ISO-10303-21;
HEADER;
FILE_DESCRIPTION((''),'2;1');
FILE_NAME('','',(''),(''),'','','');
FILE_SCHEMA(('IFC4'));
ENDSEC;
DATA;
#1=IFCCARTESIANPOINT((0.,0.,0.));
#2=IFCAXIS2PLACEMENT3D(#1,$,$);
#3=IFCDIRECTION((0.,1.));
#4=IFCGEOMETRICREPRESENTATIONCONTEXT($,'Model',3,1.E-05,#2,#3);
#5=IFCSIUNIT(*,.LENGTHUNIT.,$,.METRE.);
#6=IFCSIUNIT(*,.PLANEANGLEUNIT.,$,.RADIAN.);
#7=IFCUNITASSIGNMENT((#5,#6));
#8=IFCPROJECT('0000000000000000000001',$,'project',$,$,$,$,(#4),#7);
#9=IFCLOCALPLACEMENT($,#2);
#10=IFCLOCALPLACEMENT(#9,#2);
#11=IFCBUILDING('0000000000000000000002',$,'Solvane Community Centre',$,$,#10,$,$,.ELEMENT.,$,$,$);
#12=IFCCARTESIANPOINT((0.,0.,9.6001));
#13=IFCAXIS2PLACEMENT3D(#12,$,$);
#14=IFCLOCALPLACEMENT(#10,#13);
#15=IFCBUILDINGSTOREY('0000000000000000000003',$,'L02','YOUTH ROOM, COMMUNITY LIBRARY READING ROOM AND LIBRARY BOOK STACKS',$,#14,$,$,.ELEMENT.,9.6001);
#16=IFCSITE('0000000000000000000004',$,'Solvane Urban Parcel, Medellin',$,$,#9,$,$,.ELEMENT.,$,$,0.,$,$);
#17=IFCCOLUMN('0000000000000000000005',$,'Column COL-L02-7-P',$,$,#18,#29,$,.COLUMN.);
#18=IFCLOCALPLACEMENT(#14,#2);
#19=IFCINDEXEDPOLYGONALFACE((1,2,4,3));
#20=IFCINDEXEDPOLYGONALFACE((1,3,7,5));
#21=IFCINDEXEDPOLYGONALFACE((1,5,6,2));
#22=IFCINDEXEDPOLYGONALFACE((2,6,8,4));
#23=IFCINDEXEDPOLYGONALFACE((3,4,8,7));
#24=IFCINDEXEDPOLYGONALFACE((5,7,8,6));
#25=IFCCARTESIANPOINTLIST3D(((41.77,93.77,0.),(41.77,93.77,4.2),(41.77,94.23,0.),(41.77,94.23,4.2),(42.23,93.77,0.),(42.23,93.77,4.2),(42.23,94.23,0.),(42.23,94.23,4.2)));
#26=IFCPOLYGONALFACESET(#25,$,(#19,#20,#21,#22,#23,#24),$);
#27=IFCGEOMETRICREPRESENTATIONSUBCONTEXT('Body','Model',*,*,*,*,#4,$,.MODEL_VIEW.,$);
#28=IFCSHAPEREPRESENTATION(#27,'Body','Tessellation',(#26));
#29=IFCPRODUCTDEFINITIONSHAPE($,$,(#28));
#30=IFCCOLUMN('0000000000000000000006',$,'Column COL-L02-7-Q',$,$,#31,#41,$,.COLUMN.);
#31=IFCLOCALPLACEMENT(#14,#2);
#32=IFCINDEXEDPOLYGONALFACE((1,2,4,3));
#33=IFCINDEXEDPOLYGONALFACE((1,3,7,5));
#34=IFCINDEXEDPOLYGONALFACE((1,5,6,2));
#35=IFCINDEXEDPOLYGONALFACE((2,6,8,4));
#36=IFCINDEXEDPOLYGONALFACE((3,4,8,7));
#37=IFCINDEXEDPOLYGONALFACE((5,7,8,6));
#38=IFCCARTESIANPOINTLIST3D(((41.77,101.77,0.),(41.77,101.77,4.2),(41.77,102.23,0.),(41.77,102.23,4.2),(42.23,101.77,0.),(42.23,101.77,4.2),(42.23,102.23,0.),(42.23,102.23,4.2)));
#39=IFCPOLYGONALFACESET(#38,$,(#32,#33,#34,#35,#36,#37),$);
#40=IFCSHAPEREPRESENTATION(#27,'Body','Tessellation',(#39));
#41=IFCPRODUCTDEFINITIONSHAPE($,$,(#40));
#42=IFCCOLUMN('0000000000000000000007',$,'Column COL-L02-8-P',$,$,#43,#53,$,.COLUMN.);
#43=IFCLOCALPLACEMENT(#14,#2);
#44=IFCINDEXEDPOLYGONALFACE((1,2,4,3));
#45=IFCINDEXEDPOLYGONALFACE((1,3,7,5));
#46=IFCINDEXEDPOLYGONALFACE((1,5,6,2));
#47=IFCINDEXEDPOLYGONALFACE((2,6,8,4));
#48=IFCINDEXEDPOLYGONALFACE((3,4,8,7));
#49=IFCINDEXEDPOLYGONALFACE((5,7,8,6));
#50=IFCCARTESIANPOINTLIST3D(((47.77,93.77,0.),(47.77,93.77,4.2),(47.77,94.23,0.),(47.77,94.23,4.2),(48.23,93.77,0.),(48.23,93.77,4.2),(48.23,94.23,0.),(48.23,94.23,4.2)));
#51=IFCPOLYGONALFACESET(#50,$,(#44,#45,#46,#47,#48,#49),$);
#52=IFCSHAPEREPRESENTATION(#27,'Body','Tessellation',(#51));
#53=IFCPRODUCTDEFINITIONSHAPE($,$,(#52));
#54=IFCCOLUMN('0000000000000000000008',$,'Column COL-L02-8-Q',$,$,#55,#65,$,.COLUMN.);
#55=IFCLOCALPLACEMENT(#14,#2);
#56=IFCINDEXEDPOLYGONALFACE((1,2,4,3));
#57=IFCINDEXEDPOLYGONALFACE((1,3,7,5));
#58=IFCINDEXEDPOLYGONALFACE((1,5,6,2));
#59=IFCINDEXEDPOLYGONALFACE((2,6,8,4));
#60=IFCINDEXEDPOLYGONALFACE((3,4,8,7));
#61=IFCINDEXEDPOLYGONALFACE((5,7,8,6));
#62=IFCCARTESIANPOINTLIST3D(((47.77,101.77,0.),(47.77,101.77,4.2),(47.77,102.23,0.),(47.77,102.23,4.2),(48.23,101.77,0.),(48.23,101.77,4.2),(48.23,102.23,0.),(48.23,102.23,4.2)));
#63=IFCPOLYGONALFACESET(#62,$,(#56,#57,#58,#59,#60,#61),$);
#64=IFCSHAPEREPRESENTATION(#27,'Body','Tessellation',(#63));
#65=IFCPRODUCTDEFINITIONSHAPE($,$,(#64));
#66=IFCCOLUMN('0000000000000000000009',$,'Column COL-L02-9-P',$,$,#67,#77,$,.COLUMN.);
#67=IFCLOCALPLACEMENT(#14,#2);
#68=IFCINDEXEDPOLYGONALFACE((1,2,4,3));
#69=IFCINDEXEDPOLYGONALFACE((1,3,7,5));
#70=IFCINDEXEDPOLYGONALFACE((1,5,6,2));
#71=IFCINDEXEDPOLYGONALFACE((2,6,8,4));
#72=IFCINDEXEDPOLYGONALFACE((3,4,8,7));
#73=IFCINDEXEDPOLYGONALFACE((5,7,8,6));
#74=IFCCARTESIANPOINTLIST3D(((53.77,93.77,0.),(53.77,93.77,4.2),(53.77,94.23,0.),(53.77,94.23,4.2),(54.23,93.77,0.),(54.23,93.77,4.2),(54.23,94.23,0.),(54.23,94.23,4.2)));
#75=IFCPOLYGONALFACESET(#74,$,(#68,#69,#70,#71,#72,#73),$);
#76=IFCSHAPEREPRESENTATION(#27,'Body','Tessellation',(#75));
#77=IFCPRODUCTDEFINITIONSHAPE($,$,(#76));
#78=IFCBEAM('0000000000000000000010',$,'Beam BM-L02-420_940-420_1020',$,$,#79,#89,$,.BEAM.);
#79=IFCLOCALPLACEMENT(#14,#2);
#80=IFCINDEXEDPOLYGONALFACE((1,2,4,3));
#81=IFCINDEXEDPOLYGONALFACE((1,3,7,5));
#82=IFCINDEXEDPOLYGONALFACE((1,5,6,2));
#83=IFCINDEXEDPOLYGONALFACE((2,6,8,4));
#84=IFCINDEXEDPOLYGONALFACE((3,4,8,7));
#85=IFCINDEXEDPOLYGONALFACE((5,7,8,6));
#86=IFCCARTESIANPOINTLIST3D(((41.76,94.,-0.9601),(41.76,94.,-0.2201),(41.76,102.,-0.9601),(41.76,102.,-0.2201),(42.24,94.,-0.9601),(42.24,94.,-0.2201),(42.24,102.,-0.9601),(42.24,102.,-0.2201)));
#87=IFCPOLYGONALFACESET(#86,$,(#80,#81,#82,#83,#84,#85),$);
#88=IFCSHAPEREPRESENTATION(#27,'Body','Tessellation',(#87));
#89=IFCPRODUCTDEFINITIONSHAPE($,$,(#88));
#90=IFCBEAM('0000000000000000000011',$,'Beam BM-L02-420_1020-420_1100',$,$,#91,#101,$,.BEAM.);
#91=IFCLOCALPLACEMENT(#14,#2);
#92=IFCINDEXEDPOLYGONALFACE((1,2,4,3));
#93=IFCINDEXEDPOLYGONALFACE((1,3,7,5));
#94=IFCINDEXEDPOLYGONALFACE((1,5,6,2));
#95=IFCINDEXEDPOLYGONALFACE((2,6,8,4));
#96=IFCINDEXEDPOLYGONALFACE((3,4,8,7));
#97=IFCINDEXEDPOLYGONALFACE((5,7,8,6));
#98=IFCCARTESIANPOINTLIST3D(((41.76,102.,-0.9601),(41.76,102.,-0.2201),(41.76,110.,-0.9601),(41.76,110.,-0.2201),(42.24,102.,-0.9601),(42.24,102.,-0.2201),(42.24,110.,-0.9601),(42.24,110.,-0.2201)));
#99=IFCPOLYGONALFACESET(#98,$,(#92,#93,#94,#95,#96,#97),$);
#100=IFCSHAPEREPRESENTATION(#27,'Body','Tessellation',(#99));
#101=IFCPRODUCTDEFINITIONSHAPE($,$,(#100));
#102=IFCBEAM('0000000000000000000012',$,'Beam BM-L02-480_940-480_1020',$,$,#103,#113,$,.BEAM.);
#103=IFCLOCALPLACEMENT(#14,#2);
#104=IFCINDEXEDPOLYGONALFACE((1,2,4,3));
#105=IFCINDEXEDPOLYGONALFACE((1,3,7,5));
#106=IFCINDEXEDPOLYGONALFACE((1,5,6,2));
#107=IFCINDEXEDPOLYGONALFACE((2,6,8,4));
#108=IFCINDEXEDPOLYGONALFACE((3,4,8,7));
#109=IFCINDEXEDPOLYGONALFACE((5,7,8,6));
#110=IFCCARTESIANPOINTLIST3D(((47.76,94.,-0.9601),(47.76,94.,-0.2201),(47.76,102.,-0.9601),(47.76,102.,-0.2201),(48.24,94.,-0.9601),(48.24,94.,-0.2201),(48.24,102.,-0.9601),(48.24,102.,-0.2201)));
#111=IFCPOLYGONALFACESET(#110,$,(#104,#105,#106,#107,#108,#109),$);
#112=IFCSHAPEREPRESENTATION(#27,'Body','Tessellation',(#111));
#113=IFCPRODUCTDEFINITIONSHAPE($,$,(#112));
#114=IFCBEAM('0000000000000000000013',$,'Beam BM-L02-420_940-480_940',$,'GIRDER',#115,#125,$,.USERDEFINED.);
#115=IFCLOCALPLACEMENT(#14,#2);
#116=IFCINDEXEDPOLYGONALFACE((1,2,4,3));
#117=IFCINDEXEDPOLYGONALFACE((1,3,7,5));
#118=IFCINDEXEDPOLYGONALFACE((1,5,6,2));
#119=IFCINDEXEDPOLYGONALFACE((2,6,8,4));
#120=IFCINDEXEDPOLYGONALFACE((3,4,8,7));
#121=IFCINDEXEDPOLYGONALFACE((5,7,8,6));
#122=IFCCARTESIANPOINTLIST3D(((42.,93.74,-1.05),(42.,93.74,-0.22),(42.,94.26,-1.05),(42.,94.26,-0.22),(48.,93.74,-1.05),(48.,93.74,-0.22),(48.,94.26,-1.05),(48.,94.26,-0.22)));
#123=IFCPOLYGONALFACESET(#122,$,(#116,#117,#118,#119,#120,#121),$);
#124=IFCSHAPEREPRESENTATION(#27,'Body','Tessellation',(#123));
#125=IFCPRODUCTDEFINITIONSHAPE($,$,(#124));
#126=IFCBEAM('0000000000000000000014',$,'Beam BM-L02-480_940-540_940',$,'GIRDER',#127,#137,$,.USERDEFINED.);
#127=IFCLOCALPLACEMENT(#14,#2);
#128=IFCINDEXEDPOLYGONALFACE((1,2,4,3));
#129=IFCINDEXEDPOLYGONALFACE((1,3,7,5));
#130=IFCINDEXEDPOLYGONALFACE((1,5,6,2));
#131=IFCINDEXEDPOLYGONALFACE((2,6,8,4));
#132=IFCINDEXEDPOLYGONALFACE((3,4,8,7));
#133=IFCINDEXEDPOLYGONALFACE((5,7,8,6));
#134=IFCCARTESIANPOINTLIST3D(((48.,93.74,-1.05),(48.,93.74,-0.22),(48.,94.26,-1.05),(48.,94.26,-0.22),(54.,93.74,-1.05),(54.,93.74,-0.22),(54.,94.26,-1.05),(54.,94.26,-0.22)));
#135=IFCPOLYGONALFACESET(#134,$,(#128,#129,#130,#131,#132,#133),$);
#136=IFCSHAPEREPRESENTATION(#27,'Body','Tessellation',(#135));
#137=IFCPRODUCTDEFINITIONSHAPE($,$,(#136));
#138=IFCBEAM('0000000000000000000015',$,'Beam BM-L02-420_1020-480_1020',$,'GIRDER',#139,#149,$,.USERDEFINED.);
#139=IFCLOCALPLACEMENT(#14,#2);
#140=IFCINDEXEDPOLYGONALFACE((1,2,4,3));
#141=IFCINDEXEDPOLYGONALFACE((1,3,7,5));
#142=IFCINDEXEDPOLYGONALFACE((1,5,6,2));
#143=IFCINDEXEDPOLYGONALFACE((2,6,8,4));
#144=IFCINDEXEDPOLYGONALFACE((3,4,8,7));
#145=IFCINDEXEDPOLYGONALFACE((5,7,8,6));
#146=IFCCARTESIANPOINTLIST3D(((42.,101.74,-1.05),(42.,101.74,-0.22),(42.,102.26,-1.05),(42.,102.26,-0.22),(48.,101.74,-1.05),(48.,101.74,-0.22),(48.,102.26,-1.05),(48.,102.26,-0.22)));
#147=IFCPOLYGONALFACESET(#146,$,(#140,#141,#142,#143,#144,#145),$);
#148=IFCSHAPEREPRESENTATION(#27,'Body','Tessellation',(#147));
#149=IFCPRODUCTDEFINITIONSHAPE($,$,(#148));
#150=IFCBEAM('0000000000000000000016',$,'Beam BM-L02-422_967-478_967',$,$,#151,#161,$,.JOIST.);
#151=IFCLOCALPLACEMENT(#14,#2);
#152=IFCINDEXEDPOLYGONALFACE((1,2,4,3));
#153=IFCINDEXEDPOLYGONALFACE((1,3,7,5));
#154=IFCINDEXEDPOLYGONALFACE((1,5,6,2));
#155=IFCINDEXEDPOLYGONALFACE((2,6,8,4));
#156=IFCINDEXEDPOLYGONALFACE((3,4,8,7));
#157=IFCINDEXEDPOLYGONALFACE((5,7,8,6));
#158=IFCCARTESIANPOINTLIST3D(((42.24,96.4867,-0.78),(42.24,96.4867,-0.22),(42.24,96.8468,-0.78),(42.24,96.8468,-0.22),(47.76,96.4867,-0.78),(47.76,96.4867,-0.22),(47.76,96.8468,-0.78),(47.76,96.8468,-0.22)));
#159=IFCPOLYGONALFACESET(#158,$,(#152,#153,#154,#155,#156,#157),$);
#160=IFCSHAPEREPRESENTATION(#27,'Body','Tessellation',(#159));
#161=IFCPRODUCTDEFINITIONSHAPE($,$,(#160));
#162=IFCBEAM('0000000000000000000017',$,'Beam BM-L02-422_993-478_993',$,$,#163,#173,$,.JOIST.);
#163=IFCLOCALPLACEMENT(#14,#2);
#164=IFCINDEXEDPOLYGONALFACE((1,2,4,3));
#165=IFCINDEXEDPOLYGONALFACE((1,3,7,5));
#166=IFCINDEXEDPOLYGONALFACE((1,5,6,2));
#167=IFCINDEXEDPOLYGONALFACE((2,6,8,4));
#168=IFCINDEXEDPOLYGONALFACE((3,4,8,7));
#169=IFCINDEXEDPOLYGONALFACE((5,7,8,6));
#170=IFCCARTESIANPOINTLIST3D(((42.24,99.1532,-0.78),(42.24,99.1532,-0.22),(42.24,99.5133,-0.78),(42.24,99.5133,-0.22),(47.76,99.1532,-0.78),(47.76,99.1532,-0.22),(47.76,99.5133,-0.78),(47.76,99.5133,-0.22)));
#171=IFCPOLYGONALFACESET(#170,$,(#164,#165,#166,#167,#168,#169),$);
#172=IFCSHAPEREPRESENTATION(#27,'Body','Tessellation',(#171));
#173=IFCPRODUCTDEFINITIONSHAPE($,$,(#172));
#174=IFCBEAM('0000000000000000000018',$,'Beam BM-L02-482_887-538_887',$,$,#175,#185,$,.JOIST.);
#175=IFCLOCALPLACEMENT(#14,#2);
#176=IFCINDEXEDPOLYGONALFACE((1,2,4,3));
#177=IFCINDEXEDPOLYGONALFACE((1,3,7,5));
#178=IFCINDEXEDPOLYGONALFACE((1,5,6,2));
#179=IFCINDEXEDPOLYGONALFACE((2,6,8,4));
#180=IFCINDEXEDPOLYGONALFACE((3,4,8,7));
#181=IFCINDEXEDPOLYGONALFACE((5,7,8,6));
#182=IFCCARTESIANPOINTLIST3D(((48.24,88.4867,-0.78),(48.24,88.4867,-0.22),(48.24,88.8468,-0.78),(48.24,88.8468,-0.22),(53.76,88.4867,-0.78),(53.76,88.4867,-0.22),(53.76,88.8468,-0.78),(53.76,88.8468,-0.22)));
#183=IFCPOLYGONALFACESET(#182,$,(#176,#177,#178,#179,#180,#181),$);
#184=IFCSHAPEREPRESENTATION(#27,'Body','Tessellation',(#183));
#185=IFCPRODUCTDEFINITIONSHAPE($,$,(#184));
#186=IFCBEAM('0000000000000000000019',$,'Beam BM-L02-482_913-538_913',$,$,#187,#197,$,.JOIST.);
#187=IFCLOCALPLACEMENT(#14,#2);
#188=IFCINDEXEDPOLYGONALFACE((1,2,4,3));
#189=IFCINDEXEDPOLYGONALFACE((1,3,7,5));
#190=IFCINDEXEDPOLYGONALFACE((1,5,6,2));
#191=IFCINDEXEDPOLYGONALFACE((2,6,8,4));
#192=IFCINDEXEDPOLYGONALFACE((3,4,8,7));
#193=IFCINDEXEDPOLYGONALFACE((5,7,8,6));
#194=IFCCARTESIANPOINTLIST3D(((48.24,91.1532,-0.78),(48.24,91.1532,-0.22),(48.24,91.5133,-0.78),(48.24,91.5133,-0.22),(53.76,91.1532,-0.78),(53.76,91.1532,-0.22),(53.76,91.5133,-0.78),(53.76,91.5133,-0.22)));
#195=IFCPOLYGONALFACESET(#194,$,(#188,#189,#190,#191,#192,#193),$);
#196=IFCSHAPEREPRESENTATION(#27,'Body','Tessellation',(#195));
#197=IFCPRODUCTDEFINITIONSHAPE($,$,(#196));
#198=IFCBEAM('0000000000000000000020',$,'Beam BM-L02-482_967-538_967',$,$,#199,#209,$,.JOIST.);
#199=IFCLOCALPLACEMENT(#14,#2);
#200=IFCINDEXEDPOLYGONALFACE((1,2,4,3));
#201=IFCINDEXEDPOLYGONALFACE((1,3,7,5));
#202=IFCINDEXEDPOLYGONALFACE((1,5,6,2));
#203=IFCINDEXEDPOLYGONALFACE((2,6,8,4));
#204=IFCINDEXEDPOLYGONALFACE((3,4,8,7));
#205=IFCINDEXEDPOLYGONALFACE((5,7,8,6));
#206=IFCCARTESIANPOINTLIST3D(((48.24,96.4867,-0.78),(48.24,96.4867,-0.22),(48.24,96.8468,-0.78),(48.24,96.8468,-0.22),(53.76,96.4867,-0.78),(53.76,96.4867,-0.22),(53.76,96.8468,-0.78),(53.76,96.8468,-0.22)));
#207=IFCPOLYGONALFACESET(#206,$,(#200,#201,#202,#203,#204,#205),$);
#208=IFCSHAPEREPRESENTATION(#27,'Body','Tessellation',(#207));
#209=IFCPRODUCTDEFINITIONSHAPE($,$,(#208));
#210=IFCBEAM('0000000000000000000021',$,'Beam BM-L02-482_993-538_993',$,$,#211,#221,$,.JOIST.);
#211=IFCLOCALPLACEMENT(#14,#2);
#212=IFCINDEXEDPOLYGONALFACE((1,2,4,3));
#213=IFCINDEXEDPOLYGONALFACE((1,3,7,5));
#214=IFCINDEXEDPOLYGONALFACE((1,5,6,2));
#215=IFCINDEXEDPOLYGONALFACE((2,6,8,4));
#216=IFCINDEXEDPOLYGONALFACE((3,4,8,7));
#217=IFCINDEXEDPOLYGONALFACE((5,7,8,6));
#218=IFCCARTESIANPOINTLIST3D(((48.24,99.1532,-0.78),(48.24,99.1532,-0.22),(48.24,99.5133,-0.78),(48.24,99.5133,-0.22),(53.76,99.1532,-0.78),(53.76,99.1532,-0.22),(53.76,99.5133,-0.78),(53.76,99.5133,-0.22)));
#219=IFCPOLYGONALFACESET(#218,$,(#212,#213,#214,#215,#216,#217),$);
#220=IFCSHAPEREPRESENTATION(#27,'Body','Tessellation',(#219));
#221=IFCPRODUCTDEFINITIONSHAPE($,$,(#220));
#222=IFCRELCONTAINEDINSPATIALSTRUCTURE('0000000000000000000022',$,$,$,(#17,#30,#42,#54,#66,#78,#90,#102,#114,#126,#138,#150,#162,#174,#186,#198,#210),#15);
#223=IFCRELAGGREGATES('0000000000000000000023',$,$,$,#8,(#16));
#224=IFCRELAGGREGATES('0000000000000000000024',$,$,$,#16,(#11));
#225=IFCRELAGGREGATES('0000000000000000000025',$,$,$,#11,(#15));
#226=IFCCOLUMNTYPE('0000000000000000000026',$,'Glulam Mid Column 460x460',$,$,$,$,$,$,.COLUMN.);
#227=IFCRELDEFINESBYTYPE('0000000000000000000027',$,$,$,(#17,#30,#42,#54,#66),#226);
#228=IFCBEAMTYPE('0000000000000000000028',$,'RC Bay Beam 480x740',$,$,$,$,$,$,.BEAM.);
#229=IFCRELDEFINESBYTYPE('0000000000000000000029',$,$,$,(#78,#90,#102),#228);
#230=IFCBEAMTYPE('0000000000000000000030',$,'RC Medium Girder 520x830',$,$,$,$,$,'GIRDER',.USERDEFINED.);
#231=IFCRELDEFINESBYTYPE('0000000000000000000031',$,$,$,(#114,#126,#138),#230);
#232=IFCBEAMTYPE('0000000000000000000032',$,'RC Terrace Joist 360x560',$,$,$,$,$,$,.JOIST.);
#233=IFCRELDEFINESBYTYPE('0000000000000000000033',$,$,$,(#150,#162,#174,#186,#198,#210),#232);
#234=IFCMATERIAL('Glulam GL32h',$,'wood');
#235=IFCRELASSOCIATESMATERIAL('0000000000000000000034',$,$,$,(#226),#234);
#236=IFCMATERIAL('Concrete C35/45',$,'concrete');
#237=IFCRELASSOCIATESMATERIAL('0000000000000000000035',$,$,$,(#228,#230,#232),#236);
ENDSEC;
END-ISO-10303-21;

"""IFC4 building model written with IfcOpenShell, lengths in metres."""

from ifc_helpers import new_model, si_unit, direction, frame, origin, origin_2d, place, context, subcontext, project, spatial, rectangle, extrude, material, material_profile, profile_set, type_object, element, save


model = new_model("IFC4")

# Units and contexts
model_context = context("Model", 3, precision=1e-05, world=origin(), true_north=direction((0.0, 1.0)))
body_context = subcontext(model_context, "Body", "Model", "MODEL_VIEW")
ifc_project = project(units=[si_unit("LENGTHUNIT", "METRE"), si_unit("PLANEANGLEUNIT", "RADIAN")], contexts=[model_context])

# Site, building, storey
site_placement = place(None, origin())
site = spatial("IfcSite", under=ifc_project, at=site_placement, Name="Solvane Urban Parcel, Medellin", CompositionType="ELEMENT", RefElevation=0.0)
building_placement = place(site_placement, origin())
building = spatial("IfcBuilding", under=site, at=building_placement, Name="Solvane Community Centre", CompositionType="ELEMENT")
storey_placement = place(building_placement, frame((0.0, 0.0, 9.6001)))
storey = spatial("IfcBuildingStorey", under=building, at=storey_placement, Name="L02", Description="YOUTH ROOM, COMMUNITY LIBRARY READING ROOM AND LIBRARY BOOK STACKS", CompositionType="ELEMENT", Elevation=9.6001)

# Columns
ifc_material_1 = material(Name="Glulam GL32h", Category="wood")
ifc_material_profile_1 = material_profile(ifc_material_1, rectangle(XDim=0.46, YDim=0.46, at=origin_2d()), Name="GL32h 460x460")
ifc_profile_set_1 = profile_set([ifc_material_profile_1], Name="Glulam GL32h")
column_type = type_object("IfcColumnType", Name="Glulam Mid Column 460x460", PredefinedType="COLUMN", material=ifc_profile_set_1)
for number, where, z_axis, x_axis, name in (
    (1, (42.0, 94.0, 0.0), (0.0, 0.0, 1.0), (1.0, 0.0, 0.0), "Column COL-L02-7-P"),
    (2, (42.0, 102.0, 0.0), (0.0, 0.0, 1.0), (1.0, 0.0, 0.0), "Column COL-L02-7-Q"),
    (3, (48.0, 94.0, 0.0), (0.0, 0.0, 1.0), (1.0, 0.0, 0.0), "Column COL-L02-8-P"),
    (4, (48.0, 102.0, 0.0), (0.0, 0.0, 1.0), (1.0, 0.0, 0.0), "Column COL-L02-8-Q"),
    (5, (54.0, 94.0, 0.0), (0.0, 0.0, 1.0), (1.0, 0.0, 0.0), "Column COL-L02-9-P"),
):
    element("IfcColumn", number, at=place(storey_placement, frame(where, z_axis=z_axis, x_axis=x_axis)), inside=storey, type_object=column_type, Name=name, PredefinedType="COLUMN", context=body_context, shape_type="SweptSolid", body=[
        extrude(rectangle(XDim=0.46, YDim=0.46, at=origin_2d()), origin(), (0.0, 0.0, 1.0), 4.2),
    ])

# Beams
ifc_material_2 = material(Name="Concrete C35/45", Category="concrete")
ifc_material_profile_2 = material_profile(ifc_material_2, rectangle(XDim=0.48, YDim=0.74, at=origin_2d()), Name="RC 480x740")
ifc_profile_set_2 = profile_set([ifc_material_profile_2], Name="Concrete C35/45")
beam_type_1 = type_object("IfcBeamType", Name="RC Bay Beam 480x740", PredefinedType="BEAM", material=ifc_profile_set_2)
for number, where, z_axis, x_axis, name in (
    (6, (42.0, 94.0, -0.5901), (0.0, 1.0, 0.0), (-1.0, 0.0, 0.0), "Beam BM-L02-420_940-420_1020"),
    (7, (42.0, 102.0, -0.5901), (0.0, 1.0, 0.0), (-1.0, 0.0, 0.0), "Beam BM-L02-420_1020-420_1100"),
    (8, (48.0, 94.0, -0.5901), (0.0, 1.0, 0.0), (-1.0, 0.0, 0.0), "Beam BM-L02-480_940-480_1020"),
):
    element("IfcBeam", number, at=place(storey_placement, frame(where, z_axis=z_axis, x_axis=x_axis)), inside=storey, type_object=beam_type_1, Name=name, PredefinedType="BEAM", context=body_context, shape_type="SweptSolid", body=[
        extrude(rectangle(XDim=0.48, YDim=0.74, at=origin_2d()), origin(), (0.0, 0.0, 1.0), 8.0),
    ])
ifc_material_profile_3 = material_profile(ifc_material_2, rectangle(XDim=0.52, YDim=0.8301, at=origin_2d()), Name="RC 520x830")
ifc_profile_set_3 = profile_set([ifc_material_profile_3], Name="Concrete C35/45")
beam_type_2 = type_object("IfcBeamType", Name="RC Medium Girder 520x830", ElementType="GIRDER", PredefinedType="USERDEFINED", material=ifc_profile_set_3)
for number, where, z_axis, x_axis, name in (
    (9, (42.0, 94.0, -0.635), (1.0, 0.0, 0.0), (0.0, 1.0, 0.0), "Beam BM-L02-420_940-480_940"),
    (10, (48.0, 94.0, -0.635), (1.0, 0.0, 0.0), (0.0, 1.0, 0.0), "Beam BM-L02-480_940-540_940"),
    (11, (42.0, 102.0, -0.635), (1.0, 0.0, 0.0), (0.0, 1.0, 0.0), "Beam BM-L02-420_1020-480_1020"),
):
    element("IfcBeam", number, at=place(storey_placement, frame(where, z_axis=z_axis, x_axis=x_axis)), inside=storey, type_object=beam_type_2, Name=name, ObjectType="GIRDER", PredefinedType="USERDEFINED", context=body_context, shape_type="SweptSolid", body=[
        extrude(rectangle(XDim=0.52, YDim=0.8301, at=origin_2d()), origin(), (0.0, 0.0, 1.0), 6.0),
    ])
ifc_material_profile_4 = material_profile(ifc_material_2, rectangle(XDim=0.3601, YDim=0.5601, at=origin_2d()), Name="RC 360x560")
ifc_profile_set_4 = profile_set([ifc_material_profile_4], Name="Concrete C35/45")
beam_type_3 = type_object("IfcBeamType", Name="RC Terrace Joist 360x560", PredefinedType="JOIST", material=ifc_profile_set_4)
for number, where, z_axis, x_axis, name in (
    (12, (42.24, 96.6667, -0.5), (1.0, 0.0, 0.0), (0.0, 1.0, 0.0), "Beam BM-L02-422_967-478_967"),
    (13, (42.24, 99.3333, -0.5), (1.0, 0.0, 0.0), (0.0, 1.0, 0.0), "Beam BM-L02-422_993-478_993"),
    (14, (48.24, 88.6667, -0.5), (1.0, 0.0, 0.0), (0.0, 1.0, 0.0), "Beam BM-L02-482_887-538_887"),
    (15, (48.24, 91.3333, -0.5), (1.0, 0.0, 0.0), (0.0, 1.0, 0.0), "Beam BM-L02-482_913-538_913"),
    (16, (48.24, 96.6667, -0.5), (1.0, 0.0, 0.0), (0.0, 1.0, 0.0), "Beam BM-L02-482_967-538_967"),
    (17, (48.24, 99.3333, -0.5), (1.0, 0.0, 0.0), (0.0, 1.0, 0.0), "Beam BM-L02-482_993-538_993"),
):
    element("IfcBeam", number, at=place(storey_placement, frame(where, z_axis=z_axis, x_axis=x_axis)), inside=storey, type_object=beam_type_3, Name=name, PredefinedType="JOIST", context=body_context, shape_type="SweptSolid", body=[
        extrude(rectangle(XDim=0.3601, YDim=0.5601, at=origin_2d()), origin(), (0.0, 0.0, 1.0), 5.52),
    ])

save(model, "model.ifc")
